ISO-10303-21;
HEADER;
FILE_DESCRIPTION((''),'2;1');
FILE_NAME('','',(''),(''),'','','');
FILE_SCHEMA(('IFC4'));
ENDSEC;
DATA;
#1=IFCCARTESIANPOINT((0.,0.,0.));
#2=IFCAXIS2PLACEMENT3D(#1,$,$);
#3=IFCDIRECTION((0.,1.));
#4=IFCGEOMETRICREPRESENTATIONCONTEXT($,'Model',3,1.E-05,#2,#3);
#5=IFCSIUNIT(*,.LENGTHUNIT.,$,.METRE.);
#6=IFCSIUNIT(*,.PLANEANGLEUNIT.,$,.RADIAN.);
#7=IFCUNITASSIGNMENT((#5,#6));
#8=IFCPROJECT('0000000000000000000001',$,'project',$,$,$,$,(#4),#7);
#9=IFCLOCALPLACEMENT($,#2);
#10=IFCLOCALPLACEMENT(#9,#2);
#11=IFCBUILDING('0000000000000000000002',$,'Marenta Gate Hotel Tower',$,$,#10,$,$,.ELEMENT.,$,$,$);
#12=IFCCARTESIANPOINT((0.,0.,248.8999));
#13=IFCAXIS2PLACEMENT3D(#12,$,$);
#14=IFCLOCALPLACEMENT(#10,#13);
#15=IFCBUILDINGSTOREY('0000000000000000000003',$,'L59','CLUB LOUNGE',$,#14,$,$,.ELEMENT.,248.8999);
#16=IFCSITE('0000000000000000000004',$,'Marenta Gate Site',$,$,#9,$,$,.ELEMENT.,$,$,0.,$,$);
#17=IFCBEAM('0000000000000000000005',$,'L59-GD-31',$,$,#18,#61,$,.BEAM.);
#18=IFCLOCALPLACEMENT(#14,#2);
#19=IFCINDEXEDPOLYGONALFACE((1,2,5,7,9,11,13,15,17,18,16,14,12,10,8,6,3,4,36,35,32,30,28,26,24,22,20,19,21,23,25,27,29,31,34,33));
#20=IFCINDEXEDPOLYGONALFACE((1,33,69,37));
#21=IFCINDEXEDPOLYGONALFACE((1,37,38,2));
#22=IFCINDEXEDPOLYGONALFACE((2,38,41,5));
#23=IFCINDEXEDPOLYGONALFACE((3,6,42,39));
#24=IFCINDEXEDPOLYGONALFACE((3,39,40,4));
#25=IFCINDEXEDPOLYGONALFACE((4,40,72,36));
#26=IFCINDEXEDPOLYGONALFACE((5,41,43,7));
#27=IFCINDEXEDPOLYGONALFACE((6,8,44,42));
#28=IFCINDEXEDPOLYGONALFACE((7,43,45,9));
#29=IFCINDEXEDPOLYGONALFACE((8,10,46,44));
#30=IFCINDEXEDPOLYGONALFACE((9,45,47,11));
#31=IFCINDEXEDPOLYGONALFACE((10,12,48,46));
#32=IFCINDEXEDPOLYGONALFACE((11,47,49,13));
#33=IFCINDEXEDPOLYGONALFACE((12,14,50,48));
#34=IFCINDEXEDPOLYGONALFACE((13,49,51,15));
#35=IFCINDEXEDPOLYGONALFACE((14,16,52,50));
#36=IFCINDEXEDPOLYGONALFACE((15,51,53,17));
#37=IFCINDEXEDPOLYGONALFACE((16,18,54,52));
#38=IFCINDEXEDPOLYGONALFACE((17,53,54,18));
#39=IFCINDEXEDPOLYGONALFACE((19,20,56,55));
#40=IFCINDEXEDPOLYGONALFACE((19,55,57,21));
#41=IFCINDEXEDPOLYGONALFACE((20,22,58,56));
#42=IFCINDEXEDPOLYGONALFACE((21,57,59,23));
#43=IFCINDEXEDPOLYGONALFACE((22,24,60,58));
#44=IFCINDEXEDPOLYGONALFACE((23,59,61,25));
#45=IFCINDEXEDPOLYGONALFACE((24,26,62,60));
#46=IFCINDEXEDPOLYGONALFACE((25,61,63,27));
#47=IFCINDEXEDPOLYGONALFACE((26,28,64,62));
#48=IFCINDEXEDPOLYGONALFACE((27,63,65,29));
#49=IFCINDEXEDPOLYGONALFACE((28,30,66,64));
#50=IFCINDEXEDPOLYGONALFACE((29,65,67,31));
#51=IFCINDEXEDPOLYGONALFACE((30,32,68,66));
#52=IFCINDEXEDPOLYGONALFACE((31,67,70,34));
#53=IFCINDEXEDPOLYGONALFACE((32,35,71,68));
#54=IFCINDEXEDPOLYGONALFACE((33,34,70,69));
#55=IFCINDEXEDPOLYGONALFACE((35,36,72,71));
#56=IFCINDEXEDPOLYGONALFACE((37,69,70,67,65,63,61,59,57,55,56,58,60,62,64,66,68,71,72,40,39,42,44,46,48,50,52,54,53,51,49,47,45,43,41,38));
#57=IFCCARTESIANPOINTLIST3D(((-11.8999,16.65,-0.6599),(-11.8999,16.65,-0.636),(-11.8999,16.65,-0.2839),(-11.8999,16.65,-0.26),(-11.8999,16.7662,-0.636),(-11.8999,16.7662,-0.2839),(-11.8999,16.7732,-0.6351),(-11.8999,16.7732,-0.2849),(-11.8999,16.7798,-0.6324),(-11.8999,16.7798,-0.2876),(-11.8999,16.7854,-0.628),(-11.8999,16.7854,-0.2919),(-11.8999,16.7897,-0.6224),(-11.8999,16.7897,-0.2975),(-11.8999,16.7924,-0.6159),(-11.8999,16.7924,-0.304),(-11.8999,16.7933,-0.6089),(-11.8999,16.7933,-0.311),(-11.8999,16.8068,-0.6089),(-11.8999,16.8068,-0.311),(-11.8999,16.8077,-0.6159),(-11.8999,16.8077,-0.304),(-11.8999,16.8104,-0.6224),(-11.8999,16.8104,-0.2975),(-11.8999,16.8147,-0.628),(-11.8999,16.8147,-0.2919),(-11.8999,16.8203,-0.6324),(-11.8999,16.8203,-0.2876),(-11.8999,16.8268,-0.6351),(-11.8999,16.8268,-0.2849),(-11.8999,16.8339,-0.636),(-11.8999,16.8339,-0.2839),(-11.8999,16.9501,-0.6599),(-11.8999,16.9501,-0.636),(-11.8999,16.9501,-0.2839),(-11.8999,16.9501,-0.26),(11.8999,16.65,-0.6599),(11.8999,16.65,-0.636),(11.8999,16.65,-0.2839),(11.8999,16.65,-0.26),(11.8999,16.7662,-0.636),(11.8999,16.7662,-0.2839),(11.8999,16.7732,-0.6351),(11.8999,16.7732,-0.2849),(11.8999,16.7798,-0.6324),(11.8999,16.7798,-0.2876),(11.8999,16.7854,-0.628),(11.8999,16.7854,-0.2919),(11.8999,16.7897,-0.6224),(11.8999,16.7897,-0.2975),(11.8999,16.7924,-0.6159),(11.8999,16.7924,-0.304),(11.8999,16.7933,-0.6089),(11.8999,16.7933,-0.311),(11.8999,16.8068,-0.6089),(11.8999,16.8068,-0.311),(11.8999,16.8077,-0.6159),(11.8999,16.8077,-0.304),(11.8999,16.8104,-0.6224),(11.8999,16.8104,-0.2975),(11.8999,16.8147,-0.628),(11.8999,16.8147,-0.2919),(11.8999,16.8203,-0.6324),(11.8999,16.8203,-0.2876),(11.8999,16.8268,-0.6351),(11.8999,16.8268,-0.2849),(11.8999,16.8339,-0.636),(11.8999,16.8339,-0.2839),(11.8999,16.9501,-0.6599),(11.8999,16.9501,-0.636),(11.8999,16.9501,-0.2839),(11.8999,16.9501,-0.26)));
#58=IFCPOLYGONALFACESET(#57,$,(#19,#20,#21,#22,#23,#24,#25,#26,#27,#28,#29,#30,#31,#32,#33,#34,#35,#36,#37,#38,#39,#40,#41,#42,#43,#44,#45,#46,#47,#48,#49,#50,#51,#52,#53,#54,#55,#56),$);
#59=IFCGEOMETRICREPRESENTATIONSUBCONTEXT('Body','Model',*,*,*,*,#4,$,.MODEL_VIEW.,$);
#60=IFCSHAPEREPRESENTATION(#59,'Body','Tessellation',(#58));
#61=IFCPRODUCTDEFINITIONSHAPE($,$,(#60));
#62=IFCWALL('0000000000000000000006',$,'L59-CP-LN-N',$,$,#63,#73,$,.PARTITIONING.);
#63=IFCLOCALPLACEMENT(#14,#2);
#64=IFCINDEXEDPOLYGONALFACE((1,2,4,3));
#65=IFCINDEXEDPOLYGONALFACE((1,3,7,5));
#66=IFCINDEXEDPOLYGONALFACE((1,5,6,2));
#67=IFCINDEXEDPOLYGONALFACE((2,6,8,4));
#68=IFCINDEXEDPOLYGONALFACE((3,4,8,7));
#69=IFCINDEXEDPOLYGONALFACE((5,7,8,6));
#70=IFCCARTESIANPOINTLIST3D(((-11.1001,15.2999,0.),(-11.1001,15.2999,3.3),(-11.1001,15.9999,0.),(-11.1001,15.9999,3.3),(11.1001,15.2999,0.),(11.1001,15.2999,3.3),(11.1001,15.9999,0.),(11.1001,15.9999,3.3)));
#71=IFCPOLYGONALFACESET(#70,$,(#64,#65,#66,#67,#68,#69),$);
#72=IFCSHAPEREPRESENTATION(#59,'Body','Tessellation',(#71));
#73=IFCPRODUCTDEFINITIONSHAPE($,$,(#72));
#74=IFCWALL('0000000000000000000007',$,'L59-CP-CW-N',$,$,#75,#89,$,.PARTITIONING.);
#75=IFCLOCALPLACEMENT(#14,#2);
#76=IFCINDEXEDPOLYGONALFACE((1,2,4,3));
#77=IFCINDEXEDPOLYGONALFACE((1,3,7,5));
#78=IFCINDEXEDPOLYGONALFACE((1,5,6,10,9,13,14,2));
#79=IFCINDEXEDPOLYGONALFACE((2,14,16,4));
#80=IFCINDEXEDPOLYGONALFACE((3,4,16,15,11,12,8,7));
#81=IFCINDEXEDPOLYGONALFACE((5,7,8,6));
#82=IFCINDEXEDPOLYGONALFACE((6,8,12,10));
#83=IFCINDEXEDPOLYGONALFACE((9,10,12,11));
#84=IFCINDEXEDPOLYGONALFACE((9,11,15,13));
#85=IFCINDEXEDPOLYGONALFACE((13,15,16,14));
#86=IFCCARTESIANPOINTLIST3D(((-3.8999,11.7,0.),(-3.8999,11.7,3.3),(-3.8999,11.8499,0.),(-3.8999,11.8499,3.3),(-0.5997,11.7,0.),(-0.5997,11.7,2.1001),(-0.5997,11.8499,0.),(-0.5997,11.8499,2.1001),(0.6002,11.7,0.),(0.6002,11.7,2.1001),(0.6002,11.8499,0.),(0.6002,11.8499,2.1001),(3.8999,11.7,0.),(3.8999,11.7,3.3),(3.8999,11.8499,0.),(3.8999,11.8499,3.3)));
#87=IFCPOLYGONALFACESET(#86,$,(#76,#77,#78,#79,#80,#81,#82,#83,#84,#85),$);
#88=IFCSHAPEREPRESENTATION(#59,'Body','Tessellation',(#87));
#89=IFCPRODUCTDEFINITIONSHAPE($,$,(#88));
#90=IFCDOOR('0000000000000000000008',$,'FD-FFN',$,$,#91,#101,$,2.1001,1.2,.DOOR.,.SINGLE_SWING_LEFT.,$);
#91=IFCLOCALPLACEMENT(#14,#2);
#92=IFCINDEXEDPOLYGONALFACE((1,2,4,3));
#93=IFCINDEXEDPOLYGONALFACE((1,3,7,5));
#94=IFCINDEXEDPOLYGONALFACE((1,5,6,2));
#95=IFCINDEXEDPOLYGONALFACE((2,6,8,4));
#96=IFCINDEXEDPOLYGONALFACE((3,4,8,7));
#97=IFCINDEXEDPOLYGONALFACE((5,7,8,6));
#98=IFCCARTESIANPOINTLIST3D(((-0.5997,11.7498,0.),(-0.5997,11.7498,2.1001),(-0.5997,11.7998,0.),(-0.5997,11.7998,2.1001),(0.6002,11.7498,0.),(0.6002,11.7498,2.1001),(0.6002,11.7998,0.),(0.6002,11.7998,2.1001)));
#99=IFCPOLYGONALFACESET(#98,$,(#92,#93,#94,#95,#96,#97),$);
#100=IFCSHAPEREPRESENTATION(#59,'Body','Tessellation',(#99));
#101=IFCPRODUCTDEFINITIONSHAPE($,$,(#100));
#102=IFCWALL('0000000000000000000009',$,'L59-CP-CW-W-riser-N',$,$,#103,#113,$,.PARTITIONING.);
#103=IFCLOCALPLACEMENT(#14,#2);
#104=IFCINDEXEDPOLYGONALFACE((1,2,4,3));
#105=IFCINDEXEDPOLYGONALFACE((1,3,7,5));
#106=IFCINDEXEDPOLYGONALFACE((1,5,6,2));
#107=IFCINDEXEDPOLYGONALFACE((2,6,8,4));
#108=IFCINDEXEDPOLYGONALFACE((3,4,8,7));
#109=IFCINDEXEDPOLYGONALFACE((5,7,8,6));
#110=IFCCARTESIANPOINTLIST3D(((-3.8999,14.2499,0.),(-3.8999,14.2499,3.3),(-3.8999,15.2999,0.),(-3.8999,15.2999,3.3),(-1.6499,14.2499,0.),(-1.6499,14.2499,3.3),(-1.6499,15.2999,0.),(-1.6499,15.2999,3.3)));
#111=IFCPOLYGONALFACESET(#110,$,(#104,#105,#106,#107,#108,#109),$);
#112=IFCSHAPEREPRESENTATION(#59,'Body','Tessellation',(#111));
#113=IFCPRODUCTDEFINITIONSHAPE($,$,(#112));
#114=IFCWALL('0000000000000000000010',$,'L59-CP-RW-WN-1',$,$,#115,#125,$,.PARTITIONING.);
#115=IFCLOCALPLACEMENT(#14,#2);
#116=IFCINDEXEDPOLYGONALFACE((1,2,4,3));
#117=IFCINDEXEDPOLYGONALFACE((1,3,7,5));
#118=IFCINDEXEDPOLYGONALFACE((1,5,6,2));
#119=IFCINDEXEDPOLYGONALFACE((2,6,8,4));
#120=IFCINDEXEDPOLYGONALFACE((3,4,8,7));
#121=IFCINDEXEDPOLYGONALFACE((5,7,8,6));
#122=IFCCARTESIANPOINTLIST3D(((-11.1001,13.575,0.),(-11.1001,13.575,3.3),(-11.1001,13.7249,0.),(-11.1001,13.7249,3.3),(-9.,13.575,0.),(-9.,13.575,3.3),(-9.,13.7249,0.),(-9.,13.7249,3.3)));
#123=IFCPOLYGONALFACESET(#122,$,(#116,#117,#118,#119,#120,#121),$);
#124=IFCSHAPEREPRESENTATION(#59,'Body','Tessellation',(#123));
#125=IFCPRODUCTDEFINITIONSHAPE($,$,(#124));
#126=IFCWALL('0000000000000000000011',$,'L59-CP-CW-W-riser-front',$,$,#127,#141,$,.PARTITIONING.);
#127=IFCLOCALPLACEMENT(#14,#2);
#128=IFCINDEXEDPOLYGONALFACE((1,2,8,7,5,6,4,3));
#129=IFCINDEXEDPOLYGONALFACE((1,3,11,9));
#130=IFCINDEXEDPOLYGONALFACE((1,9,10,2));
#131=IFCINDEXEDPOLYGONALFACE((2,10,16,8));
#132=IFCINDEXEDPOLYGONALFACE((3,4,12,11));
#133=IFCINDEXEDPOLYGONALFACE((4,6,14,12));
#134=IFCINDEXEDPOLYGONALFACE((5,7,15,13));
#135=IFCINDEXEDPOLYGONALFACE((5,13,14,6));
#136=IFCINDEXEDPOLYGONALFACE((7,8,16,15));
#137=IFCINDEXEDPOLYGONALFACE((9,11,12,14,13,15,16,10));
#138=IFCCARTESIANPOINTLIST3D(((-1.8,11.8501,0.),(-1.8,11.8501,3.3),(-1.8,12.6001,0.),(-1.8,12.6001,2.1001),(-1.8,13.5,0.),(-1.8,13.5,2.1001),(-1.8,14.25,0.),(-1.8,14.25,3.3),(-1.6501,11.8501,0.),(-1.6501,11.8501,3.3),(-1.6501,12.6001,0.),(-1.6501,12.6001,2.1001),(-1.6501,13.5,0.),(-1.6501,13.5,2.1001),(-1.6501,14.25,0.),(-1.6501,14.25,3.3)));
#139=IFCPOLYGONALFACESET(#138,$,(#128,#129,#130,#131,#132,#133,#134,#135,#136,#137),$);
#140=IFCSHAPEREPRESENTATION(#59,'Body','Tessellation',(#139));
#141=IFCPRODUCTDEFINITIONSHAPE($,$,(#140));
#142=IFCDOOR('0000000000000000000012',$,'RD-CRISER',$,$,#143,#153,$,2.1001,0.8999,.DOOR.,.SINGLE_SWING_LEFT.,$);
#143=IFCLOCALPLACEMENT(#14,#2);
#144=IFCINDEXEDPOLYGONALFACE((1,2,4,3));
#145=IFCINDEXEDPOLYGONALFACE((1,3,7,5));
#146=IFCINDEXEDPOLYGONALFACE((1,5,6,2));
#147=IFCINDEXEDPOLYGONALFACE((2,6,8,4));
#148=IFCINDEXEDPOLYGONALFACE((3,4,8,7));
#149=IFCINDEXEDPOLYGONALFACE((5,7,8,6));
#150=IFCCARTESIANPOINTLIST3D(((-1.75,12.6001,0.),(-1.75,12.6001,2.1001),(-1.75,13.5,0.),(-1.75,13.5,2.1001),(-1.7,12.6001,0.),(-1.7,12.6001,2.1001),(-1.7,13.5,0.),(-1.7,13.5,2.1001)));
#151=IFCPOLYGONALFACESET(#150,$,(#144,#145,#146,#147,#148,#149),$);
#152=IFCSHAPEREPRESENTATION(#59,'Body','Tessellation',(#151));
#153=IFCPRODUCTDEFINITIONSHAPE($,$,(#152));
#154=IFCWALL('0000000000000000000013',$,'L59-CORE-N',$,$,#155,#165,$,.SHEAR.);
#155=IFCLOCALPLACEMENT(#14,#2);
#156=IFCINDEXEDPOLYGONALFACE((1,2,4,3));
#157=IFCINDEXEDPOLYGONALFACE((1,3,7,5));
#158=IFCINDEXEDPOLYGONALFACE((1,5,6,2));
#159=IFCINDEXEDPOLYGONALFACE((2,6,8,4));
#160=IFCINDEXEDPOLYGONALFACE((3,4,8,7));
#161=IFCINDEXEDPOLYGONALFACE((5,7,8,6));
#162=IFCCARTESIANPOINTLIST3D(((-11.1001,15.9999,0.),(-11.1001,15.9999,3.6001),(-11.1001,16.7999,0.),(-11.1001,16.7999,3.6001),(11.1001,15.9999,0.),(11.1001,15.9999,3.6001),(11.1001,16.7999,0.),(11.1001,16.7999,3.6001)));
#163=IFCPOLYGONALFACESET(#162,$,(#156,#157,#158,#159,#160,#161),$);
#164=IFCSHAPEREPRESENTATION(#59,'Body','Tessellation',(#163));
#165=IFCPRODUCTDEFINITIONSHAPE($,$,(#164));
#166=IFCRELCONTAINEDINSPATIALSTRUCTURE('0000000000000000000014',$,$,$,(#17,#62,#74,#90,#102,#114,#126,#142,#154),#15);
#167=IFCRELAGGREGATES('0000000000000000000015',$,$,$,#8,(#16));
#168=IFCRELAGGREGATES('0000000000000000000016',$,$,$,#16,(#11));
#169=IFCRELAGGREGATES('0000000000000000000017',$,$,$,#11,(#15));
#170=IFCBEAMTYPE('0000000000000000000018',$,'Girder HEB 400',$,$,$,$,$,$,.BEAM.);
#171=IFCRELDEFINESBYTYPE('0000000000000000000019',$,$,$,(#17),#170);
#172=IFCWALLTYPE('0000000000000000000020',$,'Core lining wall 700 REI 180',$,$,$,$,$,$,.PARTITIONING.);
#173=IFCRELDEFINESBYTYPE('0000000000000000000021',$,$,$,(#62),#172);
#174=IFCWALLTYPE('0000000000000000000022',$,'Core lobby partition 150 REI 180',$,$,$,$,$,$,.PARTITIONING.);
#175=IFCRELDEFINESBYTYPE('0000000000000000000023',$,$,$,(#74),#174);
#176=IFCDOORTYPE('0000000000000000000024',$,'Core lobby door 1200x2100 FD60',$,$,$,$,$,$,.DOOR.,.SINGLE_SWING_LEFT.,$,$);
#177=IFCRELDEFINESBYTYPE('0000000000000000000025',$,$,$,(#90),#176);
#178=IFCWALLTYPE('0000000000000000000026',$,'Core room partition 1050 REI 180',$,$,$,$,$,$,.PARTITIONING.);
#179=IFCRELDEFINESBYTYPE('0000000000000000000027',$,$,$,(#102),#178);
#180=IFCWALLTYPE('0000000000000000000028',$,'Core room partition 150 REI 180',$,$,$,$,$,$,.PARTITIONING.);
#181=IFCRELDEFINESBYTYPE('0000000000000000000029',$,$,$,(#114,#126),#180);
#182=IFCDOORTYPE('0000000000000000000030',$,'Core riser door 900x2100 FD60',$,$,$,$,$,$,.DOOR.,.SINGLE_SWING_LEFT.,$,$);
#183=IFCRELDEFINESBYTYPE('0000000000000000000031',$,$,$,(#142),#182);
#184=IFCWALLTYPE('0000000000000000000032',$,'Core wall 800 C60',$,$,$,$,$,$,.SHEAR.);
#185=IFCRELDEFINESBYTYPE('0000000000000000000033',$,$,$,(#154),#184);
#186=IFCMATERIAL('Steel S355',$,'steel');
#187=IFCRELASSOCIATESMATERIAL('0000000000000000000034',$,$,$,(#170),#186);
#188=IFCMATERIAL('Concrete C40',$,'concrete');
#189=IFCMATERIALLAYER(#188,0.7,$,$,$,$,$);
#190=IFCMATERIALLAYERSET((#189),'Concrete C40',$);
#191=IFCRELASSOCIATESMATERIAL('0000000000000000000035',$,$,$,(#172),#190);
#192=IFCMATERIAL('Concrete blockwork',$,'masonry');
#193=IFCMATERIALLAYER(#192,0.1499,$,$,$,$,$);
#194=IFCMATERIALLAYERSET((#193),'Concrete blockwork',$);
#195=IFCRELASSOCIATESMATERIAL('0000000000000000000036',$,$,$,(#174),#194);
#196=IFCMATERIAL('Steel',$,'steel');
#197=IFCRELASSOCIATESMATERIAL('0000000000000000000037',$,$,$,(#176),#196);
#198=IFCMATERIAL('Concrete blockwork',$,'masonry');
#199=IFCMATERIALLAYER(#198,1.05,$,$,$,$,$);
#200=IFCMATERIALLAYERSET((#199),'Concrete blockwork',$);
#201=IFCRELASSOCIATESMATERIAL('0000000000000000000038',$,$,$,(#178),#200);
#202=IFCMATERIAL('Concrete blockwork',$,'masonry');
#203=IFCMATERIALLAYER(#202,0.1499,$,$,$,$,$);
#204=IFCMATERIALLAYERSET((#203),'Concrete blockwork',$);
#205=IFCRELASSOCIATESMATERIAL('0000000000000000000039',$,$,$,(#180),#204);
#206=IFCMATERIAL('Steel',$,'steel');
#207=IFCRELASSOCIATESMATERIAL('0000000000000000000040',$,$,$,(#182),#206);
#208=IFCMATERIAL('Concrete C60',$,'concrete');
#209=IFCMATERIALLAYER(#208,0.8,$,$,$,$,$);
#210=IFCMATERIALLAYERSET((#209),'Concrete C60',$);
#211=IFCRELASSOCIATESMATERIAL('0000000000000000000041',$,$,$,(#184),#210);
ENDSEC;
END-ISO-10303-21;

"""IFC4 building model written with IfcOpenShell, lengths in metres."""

from ifc_helpers import new_model, si_unit, direction, frame, frame_2d, origin, origin_2d, place, context, subcontext, project, spatial, rectangle, i_section, extrude, material, layer, layer_set, material_profile, profile_set, type_object, element, fill, save


model = new_model("IFC4")

# Units and contexts
model_context = context("Model", 3, precision=1e-05, world=origin(), true_north=direction((0.0, 1.0)))
body_context = subcontext(model_context, "Body", "Model", "MODEL_VIEW")
ifc_project = project(units=[si_unit("LENGTHUNIT", "METRE"), si_unit("PLANEANGLEUNIT", "RADIAN")], contexts=[model_context])

# Site, building, storey
site_placement = place(None, origin())
site = spatial("IfcSite", under=ifc_project, at=site_placement, Name="Marenta Gate Site", CompositionType="ELEMENT", RefElevation=0.0)
building_placement = place(site_placement, origin())
building = spatial("IfcBuilding", under=site, at=building_placement, Name="Marenta Gate Hotel Tower", CompositionType="ELEMENT")
storey_placement = place(building_placement, frame((0.0, 0.0, 248.8999)))
storey = spatial("IfcBuildingStorey", under=building, at=storey_placement, Name="L59", Description="CLUB LOUNGE", CompositionType="ELEMENT", Elevation=248.8999)

# Beam
ifc_material_1 = material(Name="Steel S355", Category="steel")
ifc_material_profile_1 = material_profile(ifc_material_1, i_section(OverallWidth=0.3, OverallDepth=0.3999, WebThickness=0.0134, FlangeThickness=0.0239, FilletRadius=0.0271, at=origin_2d()), Name="HEB 400")
ifc_profile_set_1 = profile_set([ifc_material_profile_1], Name="Steel S355")
beam_type_1 = type_object("IfcBeamType", Name="Girder HEB 400", PredefinedType="BEAM", material=ifc_profile_set_1)
beam_placement = place(storey_placement, frame((-11.8999, 16.8, -0.46), z_axis=(1.0, 0.0, 0.0), x_axis=(0.0, 1.0, 0.0)))
element("IfcBeam", 1, at=beam_placement, inside=storey, type_object=beam_type_1, Name="L59-GD-31", PredefinedType="BEAM", context=body_context, shape_type="SweptSolid", body=[
    extrude(i_section(OverallWidth=0.3, OverallDepth=0.3999, WebThickness=0.0134, FlangeThickness=0.0239, FilletRadius=0.0271, at=origin_2d()), origin(), (0.0, 0.0, 1.0), 23.7998),
])

# Wall
ifc_material_2 = material(Name="Concrete C40", Category="concrete")
ifc_layer_1 = layer(ifc_material_2, 0.7)
ifc_layer_set_1 = layer_set([ifc_layer_1], Name="Concrete C40")
wall_type_1 = type_object("IfcWallType", Name="Core lining wall 700 REI 180", PredefinedType="PARTITIONING", material=ifc_layer_set_1)
wall_1_placement = place(storey_placement, frame((-11.1001, 15.6499, 0.0), z_axis=(0.0, 0.0, 1.0), x_axis=(1.0, 0.0, 0.0)))
element("IfcWall", 2, at=wall_1_placement, inside=storey, type_object=wall_type_1, Name="L59-CP-LN-N", PredefinedType="PARTITIONING", context=body_context, shape_type="SweptSolid", body=[
    extrude(rectangle(XDim=22.2002, YDim=0.7, at=frame_2d((11.1001, 0.0))), origin(), (0.0, 0.0, 1.0), 3.3),
])

# Wall, opening, door
ifc_material_3 = material(Name="Concrete blockwork", Category="masonry")
ifc_layer_2 = layer(ifc_material_3, 0.1499)
ifc_layer_set_2 = layer_set([ifc_layer_2], Name="Concrete blockwork")
wall_type_2 = type_object("IfcWallType", Name="Core lobby partition 150 REI 180", PredefinedType="PARTITIONING", material=ifc_layer_set_2)
wall_2_placement = place(storey_placement, frame((-3.8999, 11.7749, 0.0), z_axis=(0.0, 0.0, 1.0), x_axis=(1.0, 0.0, 0.0)))
wall_2 = element("IfcWall", 3, at=wall_2_placement, inside=storey, type_object=wall_type_2, Name="L59-CP-CW-N", PredefinedType="PARTITIONING", context=body_context, shape_type="SweptSolid", body=[
    extrude(rectangle(XDim=7.7998, YDim=0.1499, at=frame_2d((3.8999, 0.0))), origin(), (0.0, 0.0, 1.0), 3.3),
])
opening_1_placement = place(wall_2_placement, frame((3.3, 0.0, 0.0)))
opening_1 = element("IfcOpeningElement", 4, at=opening_1_placement, cuts=wall_2, PredefinedType="OPENING", context=body_context, shape_type="SweptSolid", body=[
    extrude(rectangle(XDim=1.2, YDim=2.1001, at=frame_2d((0.6001, 1.05))), frame((0.0, 0.075, 0.0), z_axis=(0.0, -1.0, 0.0), x_axis=(1.0, 0.0, 0.0)), (0.0, 0.0, 1.0), 0.1499),
])
ifc_material_4 = material(Name="Steel", Category="steel")
door_type_1 = type_object("IfcDoorType", Name="Core lobby door 1200x2100 FD60", OperationType="SINGLE_SWING_LEFT", PredefinedType="DOOR", material=ifc_material_4)
door_1_placement = place(opening_1_placement, origin())
door_1 = element("IfcDoor", 5, at=door_1_placement, inside=storey, type_object=door_type_1, Name="FD-FFN", OperationType="SINGLE_SWING_LEFT", OverallHeight=2.1001, OverallWidth=1.2, PredefinedType="DOOR", context=body_context, shape_type="SweptSolid", body=[
    extrude(rectangle(XDim=1.2, YDim=2.1001, at=frame_2d((0.6001, 1.05))), frame((0.0, 0.0249, 0.0), z_axis=(0.0, -1.0, 0.0), x_axis=(1.0, 0.0, 0.0)), (0.0, 0.0, 1.0), 0.05),
])
fill(opening_1, door_1)

# Walls
ifc_material_5 = material(Name="Concrete blockwork", Category="masonry")
ifc_layer_3 = layer(ifc_material_5, 1.05)
ifc_layer_set_3 = layer_set([ifc_layer_3], Name="Concrete blockwork")
wall_type_3 = type_object("IfcWallType", Name="Core room partition 1050 REI 180", PredefinedType="PARTITIONING", material=ifc_layer_set_3)
wall_3_placement = place(storey_placement, frame((-3.8999, 14.7749, 0.0), z_axis=(0.0, 0.0, 1.0), x_axis=(1.0, 0.0, 0.0)))
element("IfcWall", 6, at=wall_3_placement, inside=storey, type_object=wall_type_3, Name="L59-CP-CW-W-riser-N", PredefinedType="PARTITIONING", context=body_context, shape_type="SweptSolid", body=[
    extrude(rectangle(XDim=2.25, YDim=1.05, at=frame_2d((1.125, 0.0))), origin(), (0.0, 0.0, 1.0), 3.3),
])
ifc_material_6 = material(Name="Concrete blockwork", Category="masonry")
ifc_layer_4 = layer(ifc_material_6, 0.1499)
ifc_layer_set_4 = layer_set([ifc_layer_4], Name="Concrete blockwork")
wall_type_4 = type_object("IfcWallType", Name="Core room partition 150 REI 180", PredefinedType="PARTITIONING", material=ifc_layer_set_4)
wall_4_placement = place(storey_placement, frame((-11.1001, 13.6499, 0.0), z_axis=(0.0, 0.0, 1.0), x_axis=(1.0, 0.0, 0.0)))
element("IfcWall", 7, at=wall_4_placement, inside=storey, type_object=wall_type_4, Name="L59-CP-RW-WN-1", PredefinedType="PARTITIONING", context=body_context, shape_type="SweptSolid", body=[
    extrude(rectangle(XDim=2.1001, YDim=0.1499, at=frame_2d((1.05, 0.0))), origin(), (0.0, 0.0, 1.0), 3.3),
])

# Wall, opening, door
wall_5_placement = place(storey_placement, frame((-1.7251, 11.8501, 0.0), z_axis=(0.0, 0.0, 1.0), x_axis=(0.0, 1.0, 0.0)))
wall_5 = element("IfcWall", 8, at=wall_5_placement, inside=storey, type_object=wall_type_4, Name="L59-CP-CW-W-riser-front", PredefinedType="PARTITIONING", context=body_context, shape_type="SweptSolid", body=[
    extrude(rectangle(XDim=2.3999, YDim=0.1499, at=frame_2d((1.2, 0.0))), origin(), (0.0, 0.0, 1.0), 3.3),
])
opening_2_placement = place(wall_5_placement, frame((0.75, 0.0, 0.0)))
opening_2 = element("IfcOpeningElement", 9, at=opening_2_placement, cuts=wall_5, PredefinedType="OPENING", context=body_context, shape_type="SweptSolid", body=[
    extrude(rectangle(XDim=0.8999, YDim=2.1001, at=frame_2d((0.45, 1.05))), frame((0.0, 0.075, 0.0), z_axis=(0.0, -1.0, 0.0), x_axis=(1.0, 0.0, 0.0)), (0.0, 0.0, 1.0), 0.1499),
])
ifc_material_7 = material(Name="Steel", Category="steel")
door_type_2 = type_object("IfcDoorType", Name="Core riser door 900x2100 FD60", OperationType="SINGLE_SWING_LEFT", PredefinedType="DOOR", material=ifc_material_7)
door_2_placement = place(opening_2_placement, origin())
door_2 = element("IfcDoor", 10, at=door_2_placement, inside=storey, type_object=door_type_2, Name="RD-CRISER", OperationType="SINGLE_SWING_LEFT", OverallHeight=2.1001, OverallWidth=0.8999, PredefinedType="DOOR", context=body_context, shape_type="SweptSolid", body=[
    extrude(rectangle(XDim=0.8999, YDim=2.1001, at=frame_2d((0.45, 1.05))), frame((0.0, 0.0249, 0.0), z_axis=(0.0, -1.0, 0.0), x_axis=(1.0, 0.0, 0.0)), (0.0, 0.0, 1.0), 0.05),
])
fill(opening_2, door_2)

# Wall
ifc_material_8 = material(Name="Concrete C60", Category="concrete")
ifc_layer_5 = layer(ifc_material_8, 0.8)
ifc_layer_set_5 = layer_set([ifc_layer_5], Name="Concrete C60")
wall_type_5 = type_object("IfcWallType", Name="Core wall 800 C60", PredefinedType="SHEAR", material=ifc_layer_set_5)
wall_6_placement = place(storey_placement, frame((-11.1001, 16.3999, 0.0), z_axis=(0.0, 0.0, 1.0), x_axis=(1.0, 0.0, 0.0)))
element("IfcWall", 11, at=wall_6_placement, inside=storey, type_object=wall_type_5, Name="L59-CORE-N", PredefinedType="SHEAR", context=body_context, shape_type="SweptSolid", body=[
    extrude(rectangle(XDim=22.2002, YDim=0.8, at=frame_2d((11.1001, 0.0))), origin(), (0.0, 0.0, 1.0), 3.6001),
])

save(model, "model.ifc")
